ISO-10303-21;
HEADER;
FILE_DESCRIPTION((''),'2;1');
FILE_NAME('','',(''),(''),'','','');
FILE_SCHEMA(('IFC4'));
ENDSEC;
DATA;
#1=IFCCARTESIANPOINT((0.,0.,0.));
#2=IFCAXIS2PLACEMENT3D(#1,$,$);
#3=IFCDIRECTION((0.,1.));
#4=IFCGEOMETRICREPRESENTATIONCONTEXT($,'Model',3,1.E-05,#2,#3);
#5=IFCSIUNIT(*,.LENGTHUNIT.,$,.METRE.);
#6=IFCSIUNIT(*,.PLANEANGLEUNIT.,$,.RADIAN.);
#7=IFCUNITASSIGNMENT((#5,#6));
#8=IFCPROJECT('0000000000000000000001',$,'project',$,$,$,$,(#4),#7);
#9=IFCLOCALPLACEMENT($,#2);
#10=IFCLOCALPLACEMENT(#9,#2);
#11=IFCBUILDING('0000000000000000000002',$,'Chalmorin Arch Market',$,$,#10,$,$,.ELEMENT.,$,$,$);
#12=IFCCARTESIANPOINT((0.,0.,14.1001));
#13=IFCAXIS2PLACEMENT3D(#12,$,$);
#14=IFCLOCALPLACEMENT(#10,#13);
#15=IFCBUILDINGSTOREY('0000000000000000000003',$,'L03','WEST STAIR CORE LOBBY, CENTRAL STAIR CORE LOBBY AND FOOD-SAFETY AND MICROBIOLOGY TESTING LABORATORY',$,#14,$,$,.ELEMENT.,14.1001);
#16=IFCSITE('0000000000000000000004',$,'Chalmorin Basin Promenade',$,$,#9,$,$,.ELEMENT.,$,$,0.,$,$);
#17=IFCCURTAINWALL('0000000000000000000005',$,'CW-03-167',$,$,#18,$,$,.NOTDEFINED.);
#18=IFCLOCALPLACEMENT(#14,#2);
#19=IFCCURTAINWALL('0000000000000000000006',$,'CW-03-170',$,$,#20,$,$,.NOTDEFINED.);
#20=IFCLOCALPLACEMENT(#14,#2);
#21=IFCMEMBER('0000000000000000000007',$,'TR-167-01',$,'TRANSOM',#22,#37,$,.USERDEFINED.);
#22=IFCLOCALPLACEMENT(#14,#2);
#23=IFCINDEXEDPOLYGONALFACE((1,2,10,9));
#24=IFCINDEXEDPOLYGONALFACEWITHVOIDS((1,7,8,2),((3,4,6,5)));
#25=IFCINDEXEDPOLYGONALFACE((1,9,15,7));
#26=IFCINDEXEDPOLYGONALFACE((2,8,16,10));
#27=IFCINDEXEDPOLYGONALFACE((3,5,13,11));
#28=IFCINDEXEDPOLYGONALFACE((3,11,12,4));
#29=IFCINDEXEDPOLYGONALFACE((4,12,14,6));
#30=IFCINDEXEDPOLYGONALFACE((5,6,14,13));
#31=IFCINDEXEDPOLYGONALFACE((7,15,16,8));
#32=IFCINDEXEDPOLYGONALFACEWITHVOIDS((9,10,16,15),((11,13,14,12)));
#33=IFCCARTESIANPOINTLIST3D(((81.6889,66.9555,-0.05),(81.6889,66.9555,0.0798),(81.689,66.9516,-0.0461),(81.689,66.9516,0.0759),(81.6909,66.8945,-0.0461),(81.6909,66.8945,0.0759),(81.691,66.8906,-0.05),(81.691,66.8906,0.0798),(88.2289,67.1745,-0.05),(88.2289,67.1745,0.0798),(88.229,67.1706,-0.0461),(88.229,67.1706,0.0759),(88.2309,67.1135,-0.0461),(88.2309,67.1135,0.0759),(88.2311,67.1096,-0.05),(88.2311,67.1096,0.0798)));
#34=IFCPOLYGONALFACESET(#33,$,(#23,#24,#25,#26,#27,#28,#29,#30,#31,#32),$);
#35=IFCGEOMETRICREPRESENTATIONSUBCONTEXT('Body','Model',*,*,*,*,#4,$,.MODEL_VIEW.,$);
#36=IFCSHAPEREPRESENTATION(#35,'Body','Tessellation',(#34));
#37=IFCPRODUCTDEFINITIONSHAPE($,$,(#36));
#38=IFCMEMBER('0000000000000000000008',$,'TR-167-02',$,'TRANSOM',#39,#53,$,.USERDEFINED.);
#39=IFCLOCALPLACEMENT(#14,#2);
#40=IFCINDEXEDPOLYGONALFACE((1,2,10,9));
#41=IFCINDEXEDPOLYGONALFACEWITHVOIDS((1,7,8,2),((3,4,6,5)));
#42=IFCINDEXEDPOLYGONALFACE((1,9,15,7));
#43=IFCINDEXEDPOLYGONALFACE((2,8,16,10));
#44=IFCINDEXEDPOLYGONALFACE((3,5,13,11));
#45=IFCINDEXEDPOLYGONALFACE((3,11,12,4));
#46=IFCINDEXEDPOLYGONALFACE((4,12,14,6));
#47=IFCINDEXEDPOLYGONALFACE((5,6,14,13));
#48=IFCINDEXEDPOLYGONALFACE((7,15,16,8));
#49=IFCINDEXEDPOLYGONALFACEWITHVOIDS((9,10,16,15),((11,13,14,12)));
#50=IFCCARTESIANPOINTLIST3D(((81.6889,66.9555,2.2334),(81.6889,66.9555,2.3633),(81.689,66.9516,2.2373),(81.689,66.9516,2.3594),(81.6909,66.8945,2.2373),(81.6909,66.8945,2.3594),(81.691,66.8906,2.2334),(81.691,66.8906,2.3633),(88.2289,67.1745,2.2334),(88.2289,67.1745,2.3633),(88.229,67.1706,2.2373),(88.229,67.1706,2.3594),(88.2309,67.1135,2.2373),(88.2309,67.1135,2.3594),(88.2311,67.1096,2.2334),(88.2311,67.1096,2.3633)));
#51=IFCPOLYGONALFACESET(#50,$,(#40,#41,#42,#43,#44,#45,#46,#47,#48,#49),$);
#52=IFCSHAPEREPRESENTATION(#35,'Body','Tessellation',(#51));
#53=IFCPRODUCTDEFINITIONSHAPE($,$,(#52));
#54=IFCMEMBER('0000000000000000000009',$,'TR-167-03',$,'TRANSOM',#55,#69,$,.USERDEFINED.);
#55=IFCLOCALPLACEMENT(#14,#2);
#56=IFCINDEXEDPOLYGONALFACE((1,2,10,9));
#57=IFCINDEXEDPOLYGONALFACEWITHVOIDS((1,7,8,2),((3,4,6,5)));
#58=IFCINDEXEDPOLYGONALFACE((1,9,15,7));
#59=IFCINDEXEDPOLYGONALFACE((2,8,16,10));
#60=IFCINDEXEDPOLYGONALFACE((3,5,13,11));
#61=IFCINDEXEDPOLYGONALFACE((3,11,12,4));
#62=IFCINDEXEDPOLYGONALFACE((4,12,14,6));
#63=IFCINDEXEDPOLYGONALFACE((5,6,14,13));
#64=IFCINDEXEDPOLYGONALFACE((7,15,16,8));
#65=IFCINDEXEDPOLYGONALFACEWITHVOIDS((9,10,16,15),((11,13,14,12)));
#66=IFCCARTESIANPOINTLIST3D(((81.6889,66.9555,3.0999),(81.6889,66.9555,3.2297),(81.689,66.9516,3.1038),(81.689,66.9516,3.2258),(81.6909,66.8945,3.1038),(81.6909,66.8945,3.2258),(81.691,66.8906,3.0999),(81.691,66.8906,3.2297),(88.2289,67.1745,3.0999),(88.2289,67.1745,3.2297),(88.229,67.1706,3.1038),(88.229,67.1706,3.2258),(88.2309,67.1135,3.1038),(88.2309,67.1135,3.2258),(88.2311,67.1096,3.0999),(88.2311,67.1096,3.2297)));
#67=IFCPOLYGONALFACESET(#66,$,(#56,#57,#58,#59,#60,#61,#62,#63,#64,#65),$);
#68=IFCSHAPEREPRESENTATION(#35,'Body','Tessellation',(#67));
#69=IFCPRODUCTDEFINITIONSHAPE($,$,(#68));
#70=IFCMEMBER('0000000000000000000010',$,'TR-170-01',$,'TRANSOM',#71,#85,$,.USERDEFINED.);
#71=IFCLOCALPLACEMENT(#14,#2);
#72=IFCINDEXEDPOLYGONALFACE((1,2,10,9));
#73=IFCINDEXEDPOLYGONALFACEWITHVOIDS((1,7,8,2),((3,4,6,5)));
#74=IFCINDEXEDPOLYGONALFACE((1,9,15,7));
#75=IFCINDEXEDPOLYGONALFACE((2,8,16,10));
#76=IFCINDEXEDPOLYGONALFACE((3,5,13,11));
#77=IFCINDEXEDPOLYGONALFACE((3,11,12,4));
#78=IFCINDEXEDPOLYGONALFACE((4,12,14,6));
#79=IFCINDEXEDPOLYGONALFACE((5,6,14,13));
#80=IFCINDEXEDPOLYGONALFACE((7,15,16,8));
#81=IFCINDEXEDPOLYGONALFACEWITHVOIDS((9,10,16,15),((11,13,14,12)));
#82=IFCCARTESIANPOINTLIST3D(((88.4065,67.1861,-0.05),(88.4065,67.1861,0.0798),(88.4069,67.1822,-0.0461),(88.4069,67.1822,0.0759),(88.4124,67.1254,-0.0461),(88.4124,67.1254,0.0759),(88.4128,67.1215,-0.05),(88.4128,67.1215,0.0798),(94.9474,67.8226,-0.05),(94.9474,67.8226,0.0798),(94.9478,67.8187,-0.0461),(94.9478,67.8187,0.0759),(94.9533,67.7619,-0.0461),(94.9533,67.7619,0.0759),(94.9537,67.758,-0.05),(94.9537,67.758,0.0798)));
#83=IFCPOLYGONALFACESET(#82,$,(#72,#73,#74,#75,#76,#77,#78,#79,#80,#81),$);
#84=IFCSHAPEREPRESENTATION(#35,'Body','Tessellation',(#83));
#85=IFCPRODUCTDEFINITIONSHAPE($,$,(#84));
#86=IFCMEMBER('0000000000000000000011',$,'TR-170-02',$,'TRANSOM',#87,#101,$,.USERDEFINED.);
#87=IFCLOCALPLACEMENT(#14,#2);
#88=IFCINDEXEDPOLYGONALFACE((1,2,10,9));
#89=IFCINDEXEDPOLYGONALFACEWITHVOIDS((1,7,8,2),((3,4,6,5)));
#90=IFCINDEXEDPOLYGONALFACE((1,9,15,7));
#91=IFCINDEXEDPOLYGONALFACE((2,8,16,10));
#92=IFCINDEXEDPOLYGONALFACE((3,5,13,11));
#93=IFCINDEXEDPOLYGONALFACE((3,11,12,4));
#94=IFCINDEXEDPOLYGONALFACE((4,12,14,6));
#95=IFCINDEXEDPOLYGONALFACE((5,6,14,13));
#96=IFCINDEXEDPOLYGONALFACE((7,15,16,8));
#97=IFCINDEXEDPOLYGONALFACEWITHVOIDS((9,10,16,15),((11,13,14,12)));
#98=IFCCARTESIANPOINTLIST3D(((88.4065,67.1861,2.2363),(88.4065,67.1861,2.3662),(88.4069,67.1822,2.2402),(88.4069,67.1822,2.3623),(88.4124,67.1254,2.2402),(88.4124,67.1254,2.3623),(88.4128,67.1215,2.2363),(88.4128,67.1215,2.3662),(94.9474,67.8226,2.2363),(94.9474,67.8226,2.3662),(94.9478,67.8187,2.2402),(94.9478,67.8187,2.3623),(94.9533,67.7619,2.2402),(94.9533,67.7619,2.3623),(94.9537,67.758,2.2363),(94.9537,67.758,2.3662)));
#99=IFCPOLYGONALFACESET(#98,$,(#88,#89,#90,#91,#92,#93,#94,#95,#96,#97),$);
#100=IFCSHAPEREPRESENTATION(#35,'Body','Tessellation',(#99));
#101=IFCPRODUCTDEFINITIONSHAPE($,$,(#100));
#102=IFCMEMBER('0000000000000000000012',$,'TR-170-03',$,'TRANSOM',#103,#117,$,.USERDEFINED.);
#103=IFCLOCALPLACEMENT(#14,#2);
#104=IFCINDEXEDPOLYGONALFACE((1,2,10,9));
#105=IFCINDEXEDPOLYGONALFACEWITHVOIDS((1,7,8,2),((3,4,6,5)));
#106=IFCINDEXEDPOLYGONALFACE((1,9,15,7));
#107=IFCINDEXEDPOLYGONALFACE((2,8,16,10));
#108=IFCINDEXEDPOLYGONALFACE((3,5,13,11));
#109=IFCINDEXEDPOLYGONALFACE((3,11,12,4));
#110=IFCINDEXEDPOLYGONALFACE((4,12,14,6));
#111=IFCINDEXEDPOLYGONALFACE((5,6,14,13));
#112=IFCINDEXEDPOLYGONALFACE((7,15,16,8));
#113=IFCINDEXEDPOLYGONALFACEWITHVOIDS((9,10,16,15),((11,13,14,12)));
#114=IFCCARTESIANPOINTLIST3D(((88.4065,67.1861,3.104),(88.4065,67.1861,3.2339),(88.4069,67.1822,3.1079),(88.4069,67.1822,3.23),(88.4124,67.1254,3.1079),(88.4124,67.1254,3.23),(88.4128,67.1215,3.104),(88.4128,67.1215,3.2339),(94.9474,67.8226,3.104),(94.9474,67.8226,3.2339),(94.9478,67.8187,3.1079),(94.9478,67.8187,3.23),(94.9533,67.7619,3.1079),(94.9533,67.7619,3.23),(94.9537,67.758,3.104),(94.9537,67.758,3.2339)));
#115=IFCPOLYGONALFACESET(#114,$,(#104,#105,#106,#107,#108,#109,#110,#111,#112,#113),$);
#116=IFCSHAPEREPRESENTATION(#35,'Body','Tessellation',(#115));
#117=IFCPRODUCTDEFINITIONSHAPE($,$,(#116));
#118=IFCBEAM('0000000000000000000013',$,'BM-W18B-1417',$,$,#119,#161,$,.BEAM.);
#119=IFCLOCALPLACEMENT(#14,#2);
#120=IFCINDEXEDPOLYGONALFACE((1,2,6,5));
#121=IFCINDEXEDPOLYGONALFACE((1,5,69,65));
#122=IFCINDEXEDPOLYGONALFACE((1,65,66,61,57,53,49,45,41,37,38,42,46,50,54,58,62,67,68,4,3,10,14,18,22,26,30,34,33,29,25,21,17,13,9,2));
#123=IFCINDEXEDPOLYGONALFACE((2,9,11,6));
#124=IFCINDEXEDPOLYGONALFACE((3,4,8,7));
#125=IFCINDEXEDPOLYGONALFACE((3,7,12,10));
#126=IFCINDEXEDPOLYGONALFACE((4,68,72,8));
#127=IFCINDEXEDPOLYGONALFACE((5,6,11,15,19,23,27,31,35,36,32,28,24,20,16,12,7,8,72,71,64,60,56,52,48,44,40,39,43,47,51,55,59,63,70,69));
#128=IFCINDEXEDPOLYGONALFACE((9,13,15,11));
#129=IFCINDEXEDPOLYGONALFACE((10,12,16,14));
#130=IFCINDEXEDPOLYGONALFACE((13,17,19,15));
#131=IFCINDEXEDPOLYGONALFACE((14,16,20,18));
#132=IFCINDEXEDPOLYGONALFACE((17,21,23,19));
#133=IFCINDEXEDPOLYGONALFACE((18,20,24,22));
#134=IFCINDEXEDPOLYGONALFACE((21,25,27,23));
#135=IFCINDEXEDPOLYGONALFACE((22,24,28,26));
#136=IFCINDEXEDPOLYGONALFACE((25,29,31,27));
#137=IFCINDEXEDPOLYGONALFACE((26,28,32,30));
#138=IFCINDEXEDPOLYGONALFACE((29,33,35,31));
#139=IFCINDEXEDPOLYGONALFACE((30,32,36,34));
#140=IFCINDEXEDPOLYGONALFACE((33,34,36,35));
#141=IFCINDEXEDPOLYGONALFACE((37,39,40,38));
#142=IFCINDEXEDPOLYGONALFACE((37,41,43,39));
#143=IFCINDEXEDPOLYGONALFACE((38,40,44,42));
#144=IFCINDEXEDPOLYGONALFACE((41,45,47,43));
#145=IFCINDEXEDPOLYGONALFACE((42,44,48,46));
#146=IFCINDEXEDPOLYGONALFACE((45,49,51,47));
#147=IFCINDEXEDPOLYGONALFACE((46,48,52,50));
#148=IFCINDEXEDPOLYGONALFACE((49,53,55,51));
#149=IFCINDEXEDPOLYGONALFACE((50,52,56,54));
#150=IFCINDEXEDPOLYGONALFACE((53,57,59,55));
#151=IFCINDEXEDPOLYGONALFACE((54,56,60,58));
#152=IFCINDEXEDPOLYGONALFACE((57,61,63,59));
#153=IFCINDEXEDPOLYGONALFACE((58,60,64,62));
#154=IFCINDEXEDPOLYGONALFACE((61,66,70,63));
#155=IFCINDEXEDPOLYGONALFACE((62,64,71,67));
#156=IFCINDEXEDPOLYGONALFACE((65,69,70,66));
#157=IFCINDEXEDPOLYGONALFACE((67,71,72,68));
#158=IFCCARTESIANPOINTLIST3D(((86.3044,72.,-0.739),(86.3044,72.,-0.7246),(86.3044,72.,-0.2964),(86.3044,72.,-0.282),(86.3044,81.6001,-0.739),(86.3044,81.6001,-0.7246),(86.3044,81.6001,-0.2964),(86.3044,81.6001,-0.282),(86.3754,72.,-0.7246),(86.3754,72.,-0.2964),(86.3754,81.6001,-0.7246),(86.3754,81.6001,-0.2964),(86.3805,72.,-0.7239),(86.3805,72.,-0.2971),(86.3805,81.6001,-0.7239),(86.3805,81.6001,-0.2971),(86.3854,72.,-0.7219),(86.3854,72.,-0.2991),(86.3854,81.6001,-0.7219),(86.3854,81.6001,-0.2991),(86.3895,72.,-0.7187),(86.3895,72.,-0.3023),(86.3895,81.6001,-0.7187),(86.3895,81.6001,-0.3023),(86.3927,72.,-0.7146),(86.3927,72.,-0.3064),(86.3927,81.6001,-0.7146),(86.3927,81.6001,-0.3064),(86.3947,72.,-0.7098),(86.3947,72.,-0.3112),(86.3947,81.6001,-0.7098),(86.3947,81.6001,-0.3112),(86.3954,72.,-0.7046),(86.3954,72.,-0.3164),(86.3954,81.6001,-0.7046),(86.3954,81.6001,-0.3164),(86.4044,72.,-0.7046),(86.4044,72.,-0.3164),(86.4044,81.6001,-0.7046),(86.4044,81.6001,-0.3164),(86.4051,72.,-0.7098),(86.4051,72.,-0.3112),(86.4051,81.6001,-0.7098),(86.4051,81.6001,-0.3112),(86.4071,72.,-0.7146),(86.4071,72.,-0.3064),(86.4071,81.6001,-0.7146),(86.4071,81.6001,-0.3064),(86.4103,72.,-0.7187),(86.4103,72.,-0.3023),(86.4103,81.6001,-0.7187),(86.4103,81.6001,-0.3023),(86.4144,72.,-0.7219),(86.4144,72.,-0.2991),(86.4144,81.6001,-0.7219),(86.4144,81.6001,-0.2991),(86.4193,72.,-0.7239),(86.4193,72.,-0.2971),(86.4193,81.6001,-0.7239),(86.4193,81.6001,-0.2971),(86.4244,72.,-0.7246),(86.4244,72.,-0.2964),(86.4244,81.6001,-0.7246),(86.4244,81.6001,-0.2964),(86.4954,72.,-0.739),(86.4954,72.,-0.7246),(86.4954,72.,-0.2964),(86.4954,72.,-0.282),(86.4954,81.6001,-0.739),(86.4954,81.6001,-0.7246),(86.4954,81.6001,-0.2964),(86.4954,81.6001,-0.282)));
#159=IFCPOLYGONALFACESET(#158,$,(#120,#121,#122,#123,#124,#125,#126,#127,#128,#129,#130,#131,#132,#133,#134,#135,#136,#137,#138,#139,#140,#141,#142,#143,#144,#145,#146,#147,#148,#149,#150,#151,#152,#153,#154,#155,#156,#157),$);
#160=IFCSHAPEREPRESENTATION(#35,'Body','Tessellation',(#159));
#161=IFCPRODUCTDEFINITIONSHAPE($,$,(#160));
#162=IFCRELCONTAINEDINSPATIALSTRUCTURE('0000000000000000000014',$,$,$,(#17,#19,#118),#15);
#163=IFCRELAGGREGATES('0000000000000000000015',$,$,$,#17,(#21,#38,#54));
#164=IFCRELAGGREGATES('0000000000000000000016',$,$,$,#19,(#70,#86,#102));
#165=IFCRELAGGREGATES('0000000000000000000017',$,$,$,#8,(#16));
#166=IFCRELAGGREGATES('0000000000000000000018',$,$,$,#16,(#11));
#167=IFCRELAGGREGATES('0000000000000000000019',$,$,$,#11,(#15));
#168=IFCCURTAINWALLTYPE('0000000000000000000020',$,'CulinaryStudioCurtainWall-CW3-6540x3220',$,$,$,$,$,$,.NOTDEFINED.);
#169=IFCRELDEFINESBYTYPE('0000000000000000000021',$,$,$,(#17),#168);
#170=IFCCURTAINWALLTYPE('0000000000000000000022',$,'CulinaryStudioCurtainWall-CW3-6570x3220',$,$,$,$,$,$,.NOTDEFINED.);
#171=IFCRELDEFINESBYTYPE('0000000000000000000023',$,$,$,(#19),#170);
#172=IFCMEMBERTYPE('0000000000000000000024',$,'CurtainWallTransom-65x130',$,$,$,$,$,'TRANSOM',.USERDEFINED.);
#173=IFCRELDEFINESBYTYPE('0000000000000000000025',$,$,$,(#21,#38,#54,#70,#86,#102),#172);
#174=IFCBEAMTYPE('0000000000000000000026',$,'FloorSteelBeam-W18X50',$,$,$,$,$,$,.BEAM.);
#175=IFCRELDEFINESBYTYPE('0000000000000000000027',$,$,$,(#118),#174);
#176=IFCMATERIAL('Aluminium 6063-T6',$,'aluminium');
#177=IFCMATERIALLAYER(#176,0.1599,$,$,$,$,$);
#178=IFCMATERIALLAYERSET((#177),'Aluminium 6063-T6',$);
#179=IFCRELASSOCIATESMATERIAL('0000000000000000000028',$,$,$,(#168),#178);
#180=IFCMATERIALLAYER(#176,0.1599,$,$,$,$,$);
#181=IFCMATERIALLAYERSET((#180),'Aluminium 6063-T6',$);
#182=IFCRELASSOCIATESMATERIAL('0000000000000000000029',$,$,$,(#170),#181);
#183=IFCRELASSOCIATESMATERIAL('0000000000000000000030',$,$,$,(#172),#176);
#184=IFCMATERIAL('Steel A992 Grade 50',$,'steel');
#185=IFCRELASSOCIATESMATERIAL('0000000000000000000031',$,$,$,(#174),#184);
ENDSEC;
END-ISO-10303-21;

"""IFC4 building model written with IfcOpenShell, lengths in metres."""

from ifc_helpers import new_model, si_unit, direction, frame, origin, origin_2d, place, context, subcontext, project, spatial, hollow_rectangle, i_section, extrude, material, layer, layer_set, material_profile, profile_set, type_object, element, aggregate, save


model = new_model("IFC4")

# Units and contexts
model_context = context("Model", 3, precision=1e-05, world=origin(), true_north=direction((0.0, 1.0)))
body_context = subcontext(model_context, "Body", "Model", "MODEL_VIEW")
ifc_project = project(units=[si_unit("LENGTHUNIT", "METRE"), si_unit("PLANEANGLEUNIT", "RADIAN")], contexts=[model_context])

# Site, building, storey
site_placement = place(None, origin())
site = spatial("IfcSite", under=ifc_project, at=site_placement, Name="Chalmorin Basin Promenade", CompositionType="ELEMENT", RefElevation=0.0)
building_placement = place(site_placement, origin())
building = spatial("IfcBuilding", under=site, at=building_placement, Name="Chalmorin Arch Market", CompositionType="ELEMENT")
storey_placement = place(building_placement, frame((0.0, 0.0, 14.1001)))
storey = spatial("IfcBuildingStorey", under=building, at=storey_placement, Name="L03", Description="WEST STAIR CORE LOBBY, CENTRAL STAIR CORE LOBBY AND FOOD-SAFETY AND MICROBIOLOGY TESTING LABORATORY", CompositionType="ELEMENT", Elevation=14.1001)

# Curtain walls
ifc_material_1 = material(Name="Aluminium 6063-T6", Category="aluminium")
ifc_layer_1 = layer(ifc_material_1, 0.1599)
ifc_layer_set_1 = layer_set([ifc_layer_1], Name="Aluminium 6063-T6")
curtain_wall_type_1 = type_object("IfcCurtainWallType", Name="CulinaryStudioCurtainWall-CW3-6540x3220", PredefinedType="NOTDEFINED", material=ifc_layer_set_1)
curtain_wall_1_placement = place(storey_placement, origin())
curtain_wall_1 = element("IfcCurtainWall", 1, at=curtain_wall_1_placement, inside=storey, type_object=curtain_wall_type_1, Name="CW-03-167", PredefinedType="NOTDEFINED")
ifc_layer_2 = layer(ifc_material_1, 0.1599)
ifc_layer_set_2 = layer_set([ifc_layer_2], Name="Aluminium 6063-T6")
curtain_wall_type_2 = type_object("IfcCurtainWallType", Name="CulinaryStudioCurtainWall-CW3-6570x3220", PredefinedType="NOTDEFINED", material=ifc_layer_set_2)
curtain_wall_2_placement = place(storey_placement, origin())
curtain_wall_2 = element("IfcCurtainWall", 2, at=curtain_wall_2_placement, inside=storey, type_object=curtain_wall_type_2, Name="CW-03-170", PredefinedType="NOTDEFINED")

# Members
ifc_material_profile_1 = material_profile(ifc_material_1, hollow_rectangle(XDim=0.0649, YDim=0.1299, WallThickness=0.0039, at=origin_2d()), Name="ALU65X130X4")
ifc_profile_set_1 = profile_set([ifc_material_profile_1], Name="Aluminium 6063-T6")
member_type_1 = type_object("IfcMemberType", Name="CurtainWallTransom-65x130", ElementType="TRANSOM", PredefinedType="USERDEFINED", material=ifc_profile_set_1)
member_1_placement = place(storey_placement, frame((81.6899, 66.9231, 0.0149), z_axis=(0.99944, 0.033466, 0.0), x_axis=(-0.033466, 0.99944, 0.0)))
member_1 = element("IfcMember", 3, at=member_1_placement, type_object=member_type_1, Name="TR-167-01", ObjectType="TRANSOM", PredefinedType="USERDEFINED", context=body_context, shape_type="SweptSolid", body=[
    extrude(hollow_rectangle(XDim=0.0649, YDim=0.1299, WallThickness=0.0039, at=origin_2d()), origin(), (0.0, 0.0, 1.0), 6.5437),
])
member_2_placement = place(storey_placement, frame((81.6899, 66.9231, 2.2983), z_axis=(0.99944, 0.033466, 0.0), x_axis=(-0.033466, 0.99944, 0.0)))
member_2 = element("IfcMember", 4, at=member_2_placement, type_object=member_type_1, Name="TR-167-02", ObjectType="TRANSOM", PredefinedType="USERDEFINED", context=body_context, shape_type="SweptSolid", body=[
    extrude(hollow_rectangle(XDim=0.0649, YDim=0.1299, WallThickness=0.0039, at=origin_2d()), origin(), (0.0, 0.0, 1.0), 6.5437),
])
member_3_placement = place(storey_placement, frame((81.6899, 66.9231, 3.1648), z_axis=(0.99944, 0.033466, 0.0), x_axis=(-0.033466, 0.99944, 0.0)))
member_3 = element("IfcMember", 5, at=member_3_placement, type_object=member_type_1, Name="TR-167-03", ObjectType="TRANSOM", PredefinedType="USERDEFINED", context=body_context, shape_type="SweptSolid", body=[
    extrude(hollow_rectangle(XDim=0.0649, YDim=0.1299, WallThickness=0.0039, at=origin_2d()), origin(), (0.0, 0.0, 1.0), 6.5437),
])
member_4_placement = place(storey_placement, frame((88.4097, 67.1538, 0.0149), z_axis=(0.995299, 0.096851, 0.0), x_axis=(-0.096851, 0.995299, 0.0)))
member_4 = element("IfcMember", 6, at=member_4_placement, type_object=member_type_1, Name="TR-170-01", ObjectType="TRANSOM", PredefinedType="USERDEFINED", context=body_context, shape_type="SweptSolid", body=[
    extrude(hollow_rectangle(XDim=0.0649, YDim=0.1299, WallThickness=0.0039, at=origin_2d()), origin(), (0.0, 0.0, 1.0), 6.5718),
])
member_5_placement = place(storey_placement, frame((88.4097, 67.1538, 2.3013), z_axis=(0.995299, 0.096851, 0.0), x_axis=(-0.096851, 0.995299, 0.0)))
member_5 = element("IfcMember", 7, at=member_5_placement, type_object=member_type_1, Name="TR-170-02", ObjectType="TRANSOM", PredefinedType="USERDEFINED", context=body_context, shape_type="SweptSolid", body=[
    extrude(hollow_rectangle(XDim=0.0649, YDim=0.1299, WallThickness=0.0039, at=origin_2d()), origin(), (0.0, 0.0, 1.0), 6.5718),
])
member_6_placement = place(storey_placement, frame((88.4097, 67.1538, 3.1689), z_axis=(0.995299, 0.096851, 0.0), x_axis=(-0.096851, 0.995299, 0.0)))
member_6 = element("IfcMember", 8, at=member_6_placement, type_object=member_type_1, Name="TR-170-03", ObjectType="TRANSOM", PredefinedType="USERDEFINED", context=body_context, shape_type="SweptSolid", body=[
    extrude(hollow_rectangle(XDim=0.0649, YDim=0.1299, WallThickness=0.0039, at=origin_2d()), origin(), (0.0, 0.0, 1.0), 6.5718),
])

# Beam
ifc_material_2 = material(Name="Steel A992 Grade 50", Category="steel")
ifc_material_profile_2 = material_profile(ifc_material_2, i_section(OverallWidth=0.1909, OverallDepth=0.457, WebThickness=0.009, FlangeThickness=0.0144, FilletRadius=0.02, at=origin_2d()), Name="W18X50")
ifc_profile_set_2 = profile_set([ifc_material_profile_2], Name="Steel A992 Grade 50")
beam_type_1 = type_object("IfcBeamType", Name="FloorSteelBeam-W18X50", PredefinedType="BEAM", material=ifc_profile_set_2)
beam_1_placement = place(storey_placement, frame((86.3999, 72.0, -0.5105), z_axis=(0.0, 1.0, 0.0), x_axis=(-1.0, 0.0, 0.0)))
element("IfcBeam", 9, at=beam_1_placement, inside=storey, type_object=beam_type_1, Name="BM-W18B-1417", PredefinedType="BEAM", context=body_context, shape_type="SweptSolid", body=[
    extrude(i_section(OverallWidth=0.1909, OverallDepth=0.457, WebThickness=0.009, FlangeThickness=0.0144, FilletRadius=0.02, at=origin_2d()), origin(), (0.0, 0.0, 1.0), 9.6001),
])

aggregate(curtain_wall_1, [member_1, member_2, member_3])
aggregate(curtain_wall_2, [member_4, member_5, member_6])

save(model, "model.ifc")
